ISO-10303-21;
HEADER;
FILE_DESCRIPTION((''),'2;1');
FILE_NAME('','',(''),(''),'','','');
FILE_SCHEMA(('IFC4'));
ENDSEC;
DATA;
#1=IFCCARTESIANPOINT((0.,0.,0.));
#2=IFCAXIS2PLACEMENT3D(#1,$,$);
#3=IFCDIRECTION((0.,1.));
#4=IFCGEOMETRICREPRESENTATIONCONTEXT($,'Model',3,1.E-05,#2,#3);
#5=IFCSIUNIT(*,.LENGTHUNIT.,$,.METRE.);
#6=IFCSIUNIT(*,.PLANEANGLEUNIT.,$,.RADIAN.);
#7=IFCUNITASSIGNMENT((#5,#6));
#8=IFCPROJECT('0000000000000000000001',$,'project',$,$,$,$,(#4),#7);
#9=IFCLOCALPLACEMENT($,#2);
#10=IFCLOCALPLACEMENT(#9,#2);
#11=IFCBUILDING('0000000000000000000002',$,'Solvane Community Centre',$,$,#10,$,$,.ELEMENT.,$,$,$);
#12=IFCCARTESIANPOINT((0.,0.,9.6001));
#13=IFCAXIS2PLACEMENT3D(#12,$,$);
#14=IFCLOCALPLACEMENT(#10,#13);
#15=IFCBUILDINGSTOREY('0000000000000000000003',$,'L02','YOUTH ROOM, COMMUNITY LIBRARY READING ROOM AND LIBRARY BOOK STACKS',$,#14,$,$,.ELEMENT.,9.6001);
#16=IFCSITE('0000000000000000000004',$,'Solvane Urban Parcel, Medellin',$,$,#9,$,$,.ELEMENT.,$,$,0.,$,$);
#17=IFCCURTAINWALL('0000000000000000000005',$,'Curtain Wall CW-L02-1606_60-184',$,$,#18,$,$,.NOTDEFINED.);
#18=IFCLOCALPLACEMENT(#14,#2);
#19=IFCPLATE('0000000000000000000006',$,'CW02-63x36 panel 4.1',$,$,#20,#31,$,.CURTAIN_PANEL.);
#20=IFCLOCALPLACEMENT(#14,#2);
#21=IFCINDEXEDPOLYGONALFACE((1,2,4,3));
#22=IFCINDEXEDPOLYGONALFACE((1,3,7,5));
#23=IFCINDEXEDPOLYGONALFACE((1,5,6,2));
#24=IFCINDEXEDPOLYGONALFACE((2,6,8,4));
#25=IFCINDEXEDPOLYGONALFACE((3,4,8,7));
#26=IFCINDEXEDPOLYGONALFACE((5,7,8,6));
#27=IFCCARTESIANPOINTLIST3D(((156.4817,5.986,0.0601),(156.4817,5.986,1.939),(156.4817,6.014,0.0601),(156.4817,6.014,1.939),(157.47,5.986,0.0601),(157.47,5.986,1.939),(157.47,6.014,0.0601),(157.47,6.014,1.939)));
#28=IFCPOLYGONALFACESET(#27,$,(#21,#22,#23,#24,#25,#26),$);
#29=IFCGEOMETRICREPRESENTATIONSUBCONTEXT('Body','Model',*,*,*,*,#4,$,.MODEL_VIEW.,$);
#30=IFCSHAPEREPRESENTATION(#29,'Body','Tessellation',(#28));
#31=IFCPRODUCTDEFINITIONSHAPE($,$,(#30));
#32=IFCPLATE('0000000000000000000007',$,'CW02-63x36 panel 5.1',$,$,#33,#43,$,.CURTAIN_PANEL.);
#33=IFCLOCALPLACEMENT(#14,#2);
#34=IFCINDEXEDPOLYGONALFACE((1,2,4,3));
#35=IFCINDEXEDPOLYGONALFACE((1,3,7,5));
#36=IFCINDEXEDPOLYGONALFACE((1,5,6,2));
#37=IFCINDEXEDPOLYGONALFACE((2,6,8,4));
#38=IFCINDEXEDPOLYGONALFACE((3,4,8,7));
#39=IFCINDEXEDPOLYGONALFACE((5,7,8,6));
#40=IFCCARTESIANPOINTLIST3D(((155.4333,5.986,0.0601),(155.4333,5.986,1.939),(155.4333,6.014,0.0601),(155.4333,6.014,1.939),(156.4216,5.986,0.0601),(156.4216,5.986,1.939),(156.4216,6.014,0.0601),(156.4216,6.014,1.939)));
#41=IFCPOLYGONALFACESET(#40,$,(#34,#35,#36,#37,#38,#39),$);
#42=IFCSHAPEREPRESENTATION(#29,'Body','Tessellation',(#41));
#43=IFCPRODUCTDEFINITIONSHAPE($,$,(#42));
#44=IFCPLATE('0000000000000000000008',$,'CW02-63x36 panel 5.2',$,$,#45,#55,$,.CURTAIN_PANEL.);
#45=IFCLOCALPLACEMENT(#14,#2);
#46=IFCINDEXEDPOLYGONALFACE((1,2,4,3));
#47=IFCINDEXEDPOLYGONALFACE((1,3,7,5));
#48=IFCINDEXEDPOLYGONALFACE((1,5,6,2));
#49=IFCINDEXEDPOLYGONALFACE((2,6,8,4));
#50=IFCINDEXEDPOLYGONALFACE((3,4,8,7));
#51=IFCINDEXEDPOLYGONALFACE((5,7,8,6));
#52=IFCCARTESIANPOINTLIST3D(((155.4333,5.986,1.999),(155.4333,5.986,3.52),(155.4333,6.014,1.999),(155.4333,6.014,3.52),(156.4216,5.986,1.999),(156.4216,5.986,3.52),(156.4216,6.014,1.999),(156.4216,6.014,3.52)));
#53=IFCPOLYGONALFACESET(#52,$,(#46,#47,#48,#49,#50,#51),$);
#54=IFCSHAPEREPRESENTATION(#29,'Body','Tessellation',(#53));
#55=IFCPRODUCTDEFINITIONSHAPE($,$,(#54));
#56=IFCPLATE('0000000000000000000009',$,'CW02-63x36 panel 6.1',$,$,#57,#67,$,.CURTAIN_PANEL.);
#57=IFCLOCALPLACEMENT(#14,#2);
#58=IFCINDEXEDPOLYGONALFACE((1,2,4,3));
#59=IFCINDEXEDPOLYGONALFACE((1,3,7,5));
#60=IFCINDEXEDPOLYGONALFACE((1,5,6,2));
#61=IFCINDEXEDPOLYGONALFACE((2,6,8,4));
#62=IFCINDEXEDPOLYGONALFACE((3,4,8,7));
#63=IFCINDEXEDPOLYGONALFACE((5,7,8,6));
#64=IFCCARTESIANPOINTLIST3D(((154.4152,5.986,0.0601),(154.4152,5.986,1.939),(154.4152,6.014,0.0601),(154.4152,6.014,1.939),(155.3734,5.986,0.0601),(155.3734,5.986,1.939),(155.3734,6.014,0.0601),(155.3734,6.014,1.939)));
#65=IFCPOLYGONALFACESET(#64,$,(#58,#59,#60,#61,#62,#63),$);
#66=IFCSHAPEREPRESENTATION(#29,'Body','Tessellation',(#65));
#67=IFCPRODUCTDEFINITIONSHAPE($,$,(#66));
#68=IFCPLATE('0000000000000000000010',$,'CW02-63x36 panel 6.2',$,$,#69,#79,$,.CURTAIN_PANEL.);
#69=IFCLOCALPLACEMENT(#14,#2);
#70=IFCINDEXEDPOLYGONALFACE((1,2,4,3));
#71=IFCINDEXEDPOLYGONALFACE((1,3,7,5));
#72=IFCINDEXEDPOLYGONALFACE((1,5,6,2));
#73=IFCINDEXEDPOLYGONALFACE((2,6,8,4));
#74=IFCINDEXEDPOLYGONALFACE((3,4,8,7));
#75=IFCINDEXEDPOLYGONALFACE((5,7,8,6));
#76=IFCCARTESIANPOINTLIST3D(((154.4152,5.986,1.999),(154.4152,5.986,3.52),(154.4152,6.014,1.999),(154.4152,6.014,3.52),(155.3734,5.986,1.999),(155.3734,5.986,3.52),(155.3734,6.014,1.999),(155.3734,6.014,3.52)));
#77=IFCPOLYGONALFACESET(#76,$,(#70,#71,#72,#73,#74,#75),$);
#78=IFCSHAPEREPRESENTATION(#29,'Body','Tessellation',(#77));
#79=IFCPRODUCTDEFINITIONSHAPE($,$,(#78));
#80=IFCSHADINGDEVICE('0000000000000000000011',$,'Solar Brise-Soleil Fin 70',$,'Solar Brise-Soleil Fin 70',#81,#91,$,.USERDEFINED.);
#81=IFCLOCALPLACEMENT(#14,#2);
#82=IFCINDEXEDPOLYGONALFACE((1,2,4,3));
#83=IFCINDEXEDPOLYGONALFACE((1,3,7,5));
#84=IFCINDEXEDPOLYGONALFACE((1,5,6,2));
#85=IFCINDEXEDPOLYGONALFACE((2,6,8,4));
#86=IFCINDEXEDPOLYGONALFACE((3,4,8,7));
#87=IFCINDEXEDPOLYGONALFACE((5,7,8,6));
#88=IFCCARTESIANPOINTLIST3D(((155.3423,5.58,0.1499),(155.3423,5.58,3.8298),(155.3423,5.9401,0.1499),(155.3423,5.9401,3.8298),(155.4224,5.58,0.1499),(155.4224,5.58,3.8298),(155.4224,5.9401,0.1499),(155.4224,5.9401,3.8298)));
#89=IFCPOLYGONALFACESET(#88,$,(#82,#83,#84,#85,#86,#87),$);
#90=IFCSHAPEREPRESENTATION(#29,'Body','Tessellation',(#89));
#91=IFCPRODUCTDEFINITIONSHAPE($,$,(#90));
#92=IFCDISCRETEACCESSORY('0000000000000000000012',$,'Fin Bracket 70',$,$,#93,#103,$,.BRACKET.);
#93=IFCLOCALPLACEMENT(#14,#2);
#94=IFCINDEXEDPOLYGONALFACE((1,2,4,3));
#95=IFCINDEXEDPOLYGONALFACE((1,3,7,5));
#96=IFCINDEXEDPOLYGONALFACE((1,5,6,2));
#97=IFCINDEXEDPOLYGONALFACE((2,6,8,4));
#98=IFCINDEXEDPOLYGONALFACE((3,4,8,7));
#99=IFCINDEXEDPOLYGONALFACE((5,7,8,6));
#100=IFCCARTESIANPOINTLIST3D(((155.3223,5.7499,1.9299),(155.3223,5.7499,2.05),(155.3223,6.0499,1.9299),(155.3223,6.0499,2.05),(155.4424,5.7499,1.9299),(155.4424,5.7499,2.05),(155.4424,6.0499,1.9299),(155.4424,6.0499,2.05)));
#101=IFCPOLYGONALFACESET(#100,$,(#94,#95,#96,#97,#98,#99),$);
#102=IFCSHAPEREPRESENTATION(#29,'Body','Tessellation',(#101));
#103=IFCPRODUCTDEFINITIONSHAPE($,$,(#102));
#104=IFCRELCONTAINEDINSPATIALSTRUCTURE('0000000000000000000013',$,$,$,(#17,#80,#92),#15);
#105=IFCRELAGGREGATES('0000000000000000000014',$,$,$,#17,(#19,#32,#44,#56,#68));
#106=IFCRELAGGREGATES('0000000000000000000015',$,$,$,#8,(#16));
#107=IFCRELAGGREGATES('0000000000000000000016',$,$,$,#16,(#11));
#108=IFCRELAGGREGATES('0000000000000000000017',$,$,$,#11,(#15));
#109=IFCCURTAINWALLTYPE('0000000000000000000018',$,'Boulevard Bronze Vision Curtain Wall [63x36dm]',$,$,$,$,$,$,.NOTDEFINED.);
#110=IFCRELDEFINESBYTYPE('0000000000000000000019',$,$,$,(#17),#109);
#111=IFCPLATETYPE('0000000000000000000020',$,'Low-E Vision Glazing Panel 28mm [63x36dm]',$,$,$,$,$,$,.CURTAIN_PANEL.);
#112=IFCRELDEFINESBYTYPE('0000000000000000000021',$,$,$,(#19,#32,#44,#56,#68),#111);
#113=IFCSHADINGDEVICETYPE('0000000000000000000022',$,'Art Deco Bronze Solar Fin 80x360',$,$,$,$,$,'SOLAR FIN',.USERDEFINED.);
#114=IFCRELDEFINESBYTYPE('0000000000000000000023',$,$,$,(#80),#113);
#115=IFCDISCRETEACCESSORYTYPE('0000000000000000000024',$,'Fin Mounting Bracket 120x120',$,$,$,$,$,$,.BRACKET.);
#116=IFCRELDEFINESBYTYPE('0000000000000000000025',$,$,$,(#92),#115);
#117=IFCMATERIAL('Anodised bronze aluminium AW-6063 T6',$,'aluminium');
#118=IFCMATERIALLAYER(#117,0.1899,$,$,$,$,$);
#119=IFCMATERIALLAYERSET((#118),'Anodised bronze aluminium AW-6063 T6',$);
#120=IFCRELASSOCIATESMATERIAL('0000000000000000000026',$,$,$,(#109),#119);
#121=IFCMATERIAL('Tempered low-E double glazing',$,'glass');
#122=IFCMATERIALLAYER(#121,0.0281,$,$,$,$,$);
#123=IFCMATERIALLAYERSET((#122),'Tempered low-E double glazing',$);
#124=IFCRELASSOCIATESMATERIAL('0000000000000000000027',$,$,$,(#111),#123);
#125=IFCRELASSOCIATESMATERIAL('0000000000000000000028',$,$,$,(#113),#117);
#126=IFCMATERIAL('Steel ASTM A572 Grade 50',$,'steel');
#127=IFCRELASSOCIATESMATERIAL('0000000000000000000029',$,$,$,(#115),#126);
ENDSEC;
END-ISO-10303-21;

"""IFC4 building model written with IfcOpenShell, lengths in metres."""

from ifc_helpers import new_model, si_unit, direction, frame, origin, origin_2d, place, context, subcontext, project, spatial, rectangle, extrude, material, layer, layer_set, type_object, element, aggregate, save


model = new_model("IFC4")

# Units and contexts
model_context = context("Model", 3, precision=1e-05, world=origin(), true_north=direction((0.0, 1.0)))
body_context = subcontext(model_context, "Body", "Model", "MODEL_VIEW")
ifc_project = project(units=[si_unit("LENGTHUNIT", "METRE"), si_unit("PLANEANGLEUNIT", "RADIAN")], contexts=[model_context])

# Site, building, storey
site_placement = place(None, origin())
site = spatial("IfcSite", under=ifc_project, at=site_placement, Name="Solvane Urban Parcel, Medellin", CompositionType="ELEMENT", RefElevation=0.0)
building_placement = place(site_placement, origin())
building = spatial("IfcBuilding", under=site, at=building_placement, Name="Solvane Community Centre", CompositionType="ELEMENT")
storey_placement = place(building_placement, frame((0.0, 0.0, 9.6001)))
storey = spatial("IfcBuildingStorey", under=building, at=storey_placement, Name="L02", Description="YOUTH ROOM, COMMUNITY LIBRARY READING ROOM AND LIBRARY BOOK STACKS", CompositionType="ELEMENT", Elevation=9.6001)

# Curtain wall
ifc_material_1 = material(Name="Anodised bronze aluminium AW-6063 T6", Category="aluminium")
ifc_layer_1 = layer(ifc_material_1, 0.1899)
ifc_layer_set_1 = layer_set([ifc_layer_1], Name="Anodised bronze aluminium AW-6063 T6")
curtain_wall_type_1 = type_object("IfcCurtainWallType", Name="Boulevard Bronze Vision Curtain Wall [63x36dm]", PredefinedType="NOTDEFINED", material=ifc_layer_set_1)
curtain_wall_1_placement = place(storey_placement, origin())
curtain_wall_1 = element("IfcCurtainWall", 1, at=curtain_wall_1_placement, inside=storey, type_object=curtain_wall_type_1, Name="Curtain Wall CW-L02-1606_60-184", PredefinedType="NOTDEFINED")

# Plates
ifc_material_2 = material(Name="Tempered low-E double glazing", Category="glass")
ifc_layer_2 = layer(ifc_material_2, 0.0281)
ifc_layer_set_2 = layer_set([ifc_layer_2], Name="Tempered low-E double glazing")
plate_type = type_object("IfcPlateType", Name="Low-E Vision Glazing Panel 28mm [63x36dm]", PredefinedType="CURTAIN_PANEL", material=ifc_layer_set_2)
plate_1_placement = place(storey_placement, frame((156.9758, 6.0, 0.0601), z_axis=(0.0, 0.0, 1.0), x_axis=(-1.0, 0.0, 0.0)))
plate_1 = element("IfcPlate", 2, at=plate_1_placement, type_object=plate_type, Name="CW02-63x36 panel 4.1", PredefinedType="CURTAIN_PANEL", context=body_context, shape_type="SweptSolid", body=[
    extrude(rectangle(XDim=0.9883, YDim=0.0281, at=origin_2d()), origin(), (0.0, 0.0, 1.0), 1.8789),
])
plate_2_placement = place(storey_placement, frame((155.9275, 6.0, 0.0601), z_axis=(0.0, 0.0, 1.0), x_axis=(-1.0, 0.0, 0.0)))
plate_2 = element("IfcPlate", 3, at=plate_2_placement, type_object=plate_type, Name="CW02-63x36 panel 5.1", PredefinedType="CURTAIN_PANEL", context=body_context, shape_type="SweptSolid", body=[
    extrude(rectangle(XDim=0.9883, YDim=0.0281, at=origin_2d()), origin(), (0.0, 0.0, 1.0), 1.8789),
])
plate_3_placement = place(storey_placement, frame((155.9275, 6.0, 1.999), z_axis=(0.0, 0.0, 1.0), x_axis=(-1.0, 0.0, 0.0)))
plate_3 = element("IfcPlate", 4, at=plate_3_placement, type_object=plate_type, Name="CW02-63x36 panel 5.2", PredefinedType="CURTAIN_PANEL", context=body_context, shape_type="SweptSolid", body=[
    extrude(rectangle(XDim=0.9883, YDim=0.0281, at=origin_2d()), origin(), (0.0, 0.0, 1.0), 1.521),
])
plate_4_placement = place(storey_placement, frame((154.8943, 6.0, 0.0601), z_axis=(0.0, 0.0, 1.0), x_axis=(-1.0, 0.0, 0.0)))
plate_4 = element("IfcPlate", 5, at=plate_4_placement, type_object=plate_type, Name="CW02-63x36 panel 6.1", PredefinedType="CURTAIN_PANEL", context=body_context, shape_type="SweptSolid", body=[
    extrude(rectangle(XDim=0.9583, YDim=0.0281, at=origin_2d()), origin(), (0.0, 0.0, 1.0), 1.8789),
])
plate_5_placement = place(storey_placement, frame((154.8943, 6.0, 1.999), z_axis=(0.0, 0.0, 1.0), x_axis=(-1.0, 0.0, 0.0)))
plate_5 = element("IfcPlate", 6, at=plate_5_placement, type_object=plate_type, Name="CW02-63x36 panel 6.2", PredefinedType="CURTAIN_PANEL", context=body_context, shape_type="SweptSolid", body=[
    extrude(rectangle(XDim=0.9583, YDim=0.0281, at=origin_2d()), origin(), (0.0, 0.0, 1.0), 1.521),
])
aggregate(curtain_wall_1, [plate_1, plate_2, plate_3, plate_4, plate_5])

# Shading device
shading_device_type = type_object("IfcShadingDeviceType", Name="Art Deco Bronze Solar Fin 80x360", ElementType="SOLAR FIN", PredefinedType="USERDEFINED", material=ifc_material_1)
shading_device_placement = place(storey_placement, frame((155.3823, 5.76, 0.1499), z_axis=(0.0, 0.0, 1.0), x_axis=(-1.0, 0.0, 0.0)))
element("IfcShadingDevice", 7, at=shading_device_placement, inside=storey, type_object=shading_device_type, Name="Solar Brise-Soleil Fin 70", ObjectType="Solar Brise-Soleil Fin 70", PredefinedType="USERDEFINED", context=body_context, shape_type="SweptSolid", body=[
    extrude(rectangle(XDim=0.0801, YDim=0.3601, at=origin_2d()), origin(), (0.0, 0.0, 1.0), 3.6799),
])

# Discrete accessory
ifc_material_3 = material(Name="Steel ASTM A572 Grade 50", Category="steel")
discrete_accessory_type = type_object("IfcDiscreteAccessoryType", Name="Fin Mounting Bracket 120x120", PredefinedType="BRACKET", material=ifc_material_3)
discrete_accessory_placement = place(storey_placement, frame((155.3823, 5.8999, 1.9299), z_axis=(0.0, 0.0, 1.0), x_axis=(-1.0, 0.0, 0.0)))
element("IfcDiscreteAccessory", 8, at=discrete_accessory_placement, inside=storey, type_object=discrete_accessory_type, Name="Fin Bracket 70", PredefinedType="BRACKET", context=body_context, shape_type="SweptSolid", body=[
    extrude(rectangle(XDim=0.1201, YDim=0.3, at=origin_2d()), origin(), (0.0, 0.0, 1.0), 0.1201),
])

save(model, "model.ifc")
